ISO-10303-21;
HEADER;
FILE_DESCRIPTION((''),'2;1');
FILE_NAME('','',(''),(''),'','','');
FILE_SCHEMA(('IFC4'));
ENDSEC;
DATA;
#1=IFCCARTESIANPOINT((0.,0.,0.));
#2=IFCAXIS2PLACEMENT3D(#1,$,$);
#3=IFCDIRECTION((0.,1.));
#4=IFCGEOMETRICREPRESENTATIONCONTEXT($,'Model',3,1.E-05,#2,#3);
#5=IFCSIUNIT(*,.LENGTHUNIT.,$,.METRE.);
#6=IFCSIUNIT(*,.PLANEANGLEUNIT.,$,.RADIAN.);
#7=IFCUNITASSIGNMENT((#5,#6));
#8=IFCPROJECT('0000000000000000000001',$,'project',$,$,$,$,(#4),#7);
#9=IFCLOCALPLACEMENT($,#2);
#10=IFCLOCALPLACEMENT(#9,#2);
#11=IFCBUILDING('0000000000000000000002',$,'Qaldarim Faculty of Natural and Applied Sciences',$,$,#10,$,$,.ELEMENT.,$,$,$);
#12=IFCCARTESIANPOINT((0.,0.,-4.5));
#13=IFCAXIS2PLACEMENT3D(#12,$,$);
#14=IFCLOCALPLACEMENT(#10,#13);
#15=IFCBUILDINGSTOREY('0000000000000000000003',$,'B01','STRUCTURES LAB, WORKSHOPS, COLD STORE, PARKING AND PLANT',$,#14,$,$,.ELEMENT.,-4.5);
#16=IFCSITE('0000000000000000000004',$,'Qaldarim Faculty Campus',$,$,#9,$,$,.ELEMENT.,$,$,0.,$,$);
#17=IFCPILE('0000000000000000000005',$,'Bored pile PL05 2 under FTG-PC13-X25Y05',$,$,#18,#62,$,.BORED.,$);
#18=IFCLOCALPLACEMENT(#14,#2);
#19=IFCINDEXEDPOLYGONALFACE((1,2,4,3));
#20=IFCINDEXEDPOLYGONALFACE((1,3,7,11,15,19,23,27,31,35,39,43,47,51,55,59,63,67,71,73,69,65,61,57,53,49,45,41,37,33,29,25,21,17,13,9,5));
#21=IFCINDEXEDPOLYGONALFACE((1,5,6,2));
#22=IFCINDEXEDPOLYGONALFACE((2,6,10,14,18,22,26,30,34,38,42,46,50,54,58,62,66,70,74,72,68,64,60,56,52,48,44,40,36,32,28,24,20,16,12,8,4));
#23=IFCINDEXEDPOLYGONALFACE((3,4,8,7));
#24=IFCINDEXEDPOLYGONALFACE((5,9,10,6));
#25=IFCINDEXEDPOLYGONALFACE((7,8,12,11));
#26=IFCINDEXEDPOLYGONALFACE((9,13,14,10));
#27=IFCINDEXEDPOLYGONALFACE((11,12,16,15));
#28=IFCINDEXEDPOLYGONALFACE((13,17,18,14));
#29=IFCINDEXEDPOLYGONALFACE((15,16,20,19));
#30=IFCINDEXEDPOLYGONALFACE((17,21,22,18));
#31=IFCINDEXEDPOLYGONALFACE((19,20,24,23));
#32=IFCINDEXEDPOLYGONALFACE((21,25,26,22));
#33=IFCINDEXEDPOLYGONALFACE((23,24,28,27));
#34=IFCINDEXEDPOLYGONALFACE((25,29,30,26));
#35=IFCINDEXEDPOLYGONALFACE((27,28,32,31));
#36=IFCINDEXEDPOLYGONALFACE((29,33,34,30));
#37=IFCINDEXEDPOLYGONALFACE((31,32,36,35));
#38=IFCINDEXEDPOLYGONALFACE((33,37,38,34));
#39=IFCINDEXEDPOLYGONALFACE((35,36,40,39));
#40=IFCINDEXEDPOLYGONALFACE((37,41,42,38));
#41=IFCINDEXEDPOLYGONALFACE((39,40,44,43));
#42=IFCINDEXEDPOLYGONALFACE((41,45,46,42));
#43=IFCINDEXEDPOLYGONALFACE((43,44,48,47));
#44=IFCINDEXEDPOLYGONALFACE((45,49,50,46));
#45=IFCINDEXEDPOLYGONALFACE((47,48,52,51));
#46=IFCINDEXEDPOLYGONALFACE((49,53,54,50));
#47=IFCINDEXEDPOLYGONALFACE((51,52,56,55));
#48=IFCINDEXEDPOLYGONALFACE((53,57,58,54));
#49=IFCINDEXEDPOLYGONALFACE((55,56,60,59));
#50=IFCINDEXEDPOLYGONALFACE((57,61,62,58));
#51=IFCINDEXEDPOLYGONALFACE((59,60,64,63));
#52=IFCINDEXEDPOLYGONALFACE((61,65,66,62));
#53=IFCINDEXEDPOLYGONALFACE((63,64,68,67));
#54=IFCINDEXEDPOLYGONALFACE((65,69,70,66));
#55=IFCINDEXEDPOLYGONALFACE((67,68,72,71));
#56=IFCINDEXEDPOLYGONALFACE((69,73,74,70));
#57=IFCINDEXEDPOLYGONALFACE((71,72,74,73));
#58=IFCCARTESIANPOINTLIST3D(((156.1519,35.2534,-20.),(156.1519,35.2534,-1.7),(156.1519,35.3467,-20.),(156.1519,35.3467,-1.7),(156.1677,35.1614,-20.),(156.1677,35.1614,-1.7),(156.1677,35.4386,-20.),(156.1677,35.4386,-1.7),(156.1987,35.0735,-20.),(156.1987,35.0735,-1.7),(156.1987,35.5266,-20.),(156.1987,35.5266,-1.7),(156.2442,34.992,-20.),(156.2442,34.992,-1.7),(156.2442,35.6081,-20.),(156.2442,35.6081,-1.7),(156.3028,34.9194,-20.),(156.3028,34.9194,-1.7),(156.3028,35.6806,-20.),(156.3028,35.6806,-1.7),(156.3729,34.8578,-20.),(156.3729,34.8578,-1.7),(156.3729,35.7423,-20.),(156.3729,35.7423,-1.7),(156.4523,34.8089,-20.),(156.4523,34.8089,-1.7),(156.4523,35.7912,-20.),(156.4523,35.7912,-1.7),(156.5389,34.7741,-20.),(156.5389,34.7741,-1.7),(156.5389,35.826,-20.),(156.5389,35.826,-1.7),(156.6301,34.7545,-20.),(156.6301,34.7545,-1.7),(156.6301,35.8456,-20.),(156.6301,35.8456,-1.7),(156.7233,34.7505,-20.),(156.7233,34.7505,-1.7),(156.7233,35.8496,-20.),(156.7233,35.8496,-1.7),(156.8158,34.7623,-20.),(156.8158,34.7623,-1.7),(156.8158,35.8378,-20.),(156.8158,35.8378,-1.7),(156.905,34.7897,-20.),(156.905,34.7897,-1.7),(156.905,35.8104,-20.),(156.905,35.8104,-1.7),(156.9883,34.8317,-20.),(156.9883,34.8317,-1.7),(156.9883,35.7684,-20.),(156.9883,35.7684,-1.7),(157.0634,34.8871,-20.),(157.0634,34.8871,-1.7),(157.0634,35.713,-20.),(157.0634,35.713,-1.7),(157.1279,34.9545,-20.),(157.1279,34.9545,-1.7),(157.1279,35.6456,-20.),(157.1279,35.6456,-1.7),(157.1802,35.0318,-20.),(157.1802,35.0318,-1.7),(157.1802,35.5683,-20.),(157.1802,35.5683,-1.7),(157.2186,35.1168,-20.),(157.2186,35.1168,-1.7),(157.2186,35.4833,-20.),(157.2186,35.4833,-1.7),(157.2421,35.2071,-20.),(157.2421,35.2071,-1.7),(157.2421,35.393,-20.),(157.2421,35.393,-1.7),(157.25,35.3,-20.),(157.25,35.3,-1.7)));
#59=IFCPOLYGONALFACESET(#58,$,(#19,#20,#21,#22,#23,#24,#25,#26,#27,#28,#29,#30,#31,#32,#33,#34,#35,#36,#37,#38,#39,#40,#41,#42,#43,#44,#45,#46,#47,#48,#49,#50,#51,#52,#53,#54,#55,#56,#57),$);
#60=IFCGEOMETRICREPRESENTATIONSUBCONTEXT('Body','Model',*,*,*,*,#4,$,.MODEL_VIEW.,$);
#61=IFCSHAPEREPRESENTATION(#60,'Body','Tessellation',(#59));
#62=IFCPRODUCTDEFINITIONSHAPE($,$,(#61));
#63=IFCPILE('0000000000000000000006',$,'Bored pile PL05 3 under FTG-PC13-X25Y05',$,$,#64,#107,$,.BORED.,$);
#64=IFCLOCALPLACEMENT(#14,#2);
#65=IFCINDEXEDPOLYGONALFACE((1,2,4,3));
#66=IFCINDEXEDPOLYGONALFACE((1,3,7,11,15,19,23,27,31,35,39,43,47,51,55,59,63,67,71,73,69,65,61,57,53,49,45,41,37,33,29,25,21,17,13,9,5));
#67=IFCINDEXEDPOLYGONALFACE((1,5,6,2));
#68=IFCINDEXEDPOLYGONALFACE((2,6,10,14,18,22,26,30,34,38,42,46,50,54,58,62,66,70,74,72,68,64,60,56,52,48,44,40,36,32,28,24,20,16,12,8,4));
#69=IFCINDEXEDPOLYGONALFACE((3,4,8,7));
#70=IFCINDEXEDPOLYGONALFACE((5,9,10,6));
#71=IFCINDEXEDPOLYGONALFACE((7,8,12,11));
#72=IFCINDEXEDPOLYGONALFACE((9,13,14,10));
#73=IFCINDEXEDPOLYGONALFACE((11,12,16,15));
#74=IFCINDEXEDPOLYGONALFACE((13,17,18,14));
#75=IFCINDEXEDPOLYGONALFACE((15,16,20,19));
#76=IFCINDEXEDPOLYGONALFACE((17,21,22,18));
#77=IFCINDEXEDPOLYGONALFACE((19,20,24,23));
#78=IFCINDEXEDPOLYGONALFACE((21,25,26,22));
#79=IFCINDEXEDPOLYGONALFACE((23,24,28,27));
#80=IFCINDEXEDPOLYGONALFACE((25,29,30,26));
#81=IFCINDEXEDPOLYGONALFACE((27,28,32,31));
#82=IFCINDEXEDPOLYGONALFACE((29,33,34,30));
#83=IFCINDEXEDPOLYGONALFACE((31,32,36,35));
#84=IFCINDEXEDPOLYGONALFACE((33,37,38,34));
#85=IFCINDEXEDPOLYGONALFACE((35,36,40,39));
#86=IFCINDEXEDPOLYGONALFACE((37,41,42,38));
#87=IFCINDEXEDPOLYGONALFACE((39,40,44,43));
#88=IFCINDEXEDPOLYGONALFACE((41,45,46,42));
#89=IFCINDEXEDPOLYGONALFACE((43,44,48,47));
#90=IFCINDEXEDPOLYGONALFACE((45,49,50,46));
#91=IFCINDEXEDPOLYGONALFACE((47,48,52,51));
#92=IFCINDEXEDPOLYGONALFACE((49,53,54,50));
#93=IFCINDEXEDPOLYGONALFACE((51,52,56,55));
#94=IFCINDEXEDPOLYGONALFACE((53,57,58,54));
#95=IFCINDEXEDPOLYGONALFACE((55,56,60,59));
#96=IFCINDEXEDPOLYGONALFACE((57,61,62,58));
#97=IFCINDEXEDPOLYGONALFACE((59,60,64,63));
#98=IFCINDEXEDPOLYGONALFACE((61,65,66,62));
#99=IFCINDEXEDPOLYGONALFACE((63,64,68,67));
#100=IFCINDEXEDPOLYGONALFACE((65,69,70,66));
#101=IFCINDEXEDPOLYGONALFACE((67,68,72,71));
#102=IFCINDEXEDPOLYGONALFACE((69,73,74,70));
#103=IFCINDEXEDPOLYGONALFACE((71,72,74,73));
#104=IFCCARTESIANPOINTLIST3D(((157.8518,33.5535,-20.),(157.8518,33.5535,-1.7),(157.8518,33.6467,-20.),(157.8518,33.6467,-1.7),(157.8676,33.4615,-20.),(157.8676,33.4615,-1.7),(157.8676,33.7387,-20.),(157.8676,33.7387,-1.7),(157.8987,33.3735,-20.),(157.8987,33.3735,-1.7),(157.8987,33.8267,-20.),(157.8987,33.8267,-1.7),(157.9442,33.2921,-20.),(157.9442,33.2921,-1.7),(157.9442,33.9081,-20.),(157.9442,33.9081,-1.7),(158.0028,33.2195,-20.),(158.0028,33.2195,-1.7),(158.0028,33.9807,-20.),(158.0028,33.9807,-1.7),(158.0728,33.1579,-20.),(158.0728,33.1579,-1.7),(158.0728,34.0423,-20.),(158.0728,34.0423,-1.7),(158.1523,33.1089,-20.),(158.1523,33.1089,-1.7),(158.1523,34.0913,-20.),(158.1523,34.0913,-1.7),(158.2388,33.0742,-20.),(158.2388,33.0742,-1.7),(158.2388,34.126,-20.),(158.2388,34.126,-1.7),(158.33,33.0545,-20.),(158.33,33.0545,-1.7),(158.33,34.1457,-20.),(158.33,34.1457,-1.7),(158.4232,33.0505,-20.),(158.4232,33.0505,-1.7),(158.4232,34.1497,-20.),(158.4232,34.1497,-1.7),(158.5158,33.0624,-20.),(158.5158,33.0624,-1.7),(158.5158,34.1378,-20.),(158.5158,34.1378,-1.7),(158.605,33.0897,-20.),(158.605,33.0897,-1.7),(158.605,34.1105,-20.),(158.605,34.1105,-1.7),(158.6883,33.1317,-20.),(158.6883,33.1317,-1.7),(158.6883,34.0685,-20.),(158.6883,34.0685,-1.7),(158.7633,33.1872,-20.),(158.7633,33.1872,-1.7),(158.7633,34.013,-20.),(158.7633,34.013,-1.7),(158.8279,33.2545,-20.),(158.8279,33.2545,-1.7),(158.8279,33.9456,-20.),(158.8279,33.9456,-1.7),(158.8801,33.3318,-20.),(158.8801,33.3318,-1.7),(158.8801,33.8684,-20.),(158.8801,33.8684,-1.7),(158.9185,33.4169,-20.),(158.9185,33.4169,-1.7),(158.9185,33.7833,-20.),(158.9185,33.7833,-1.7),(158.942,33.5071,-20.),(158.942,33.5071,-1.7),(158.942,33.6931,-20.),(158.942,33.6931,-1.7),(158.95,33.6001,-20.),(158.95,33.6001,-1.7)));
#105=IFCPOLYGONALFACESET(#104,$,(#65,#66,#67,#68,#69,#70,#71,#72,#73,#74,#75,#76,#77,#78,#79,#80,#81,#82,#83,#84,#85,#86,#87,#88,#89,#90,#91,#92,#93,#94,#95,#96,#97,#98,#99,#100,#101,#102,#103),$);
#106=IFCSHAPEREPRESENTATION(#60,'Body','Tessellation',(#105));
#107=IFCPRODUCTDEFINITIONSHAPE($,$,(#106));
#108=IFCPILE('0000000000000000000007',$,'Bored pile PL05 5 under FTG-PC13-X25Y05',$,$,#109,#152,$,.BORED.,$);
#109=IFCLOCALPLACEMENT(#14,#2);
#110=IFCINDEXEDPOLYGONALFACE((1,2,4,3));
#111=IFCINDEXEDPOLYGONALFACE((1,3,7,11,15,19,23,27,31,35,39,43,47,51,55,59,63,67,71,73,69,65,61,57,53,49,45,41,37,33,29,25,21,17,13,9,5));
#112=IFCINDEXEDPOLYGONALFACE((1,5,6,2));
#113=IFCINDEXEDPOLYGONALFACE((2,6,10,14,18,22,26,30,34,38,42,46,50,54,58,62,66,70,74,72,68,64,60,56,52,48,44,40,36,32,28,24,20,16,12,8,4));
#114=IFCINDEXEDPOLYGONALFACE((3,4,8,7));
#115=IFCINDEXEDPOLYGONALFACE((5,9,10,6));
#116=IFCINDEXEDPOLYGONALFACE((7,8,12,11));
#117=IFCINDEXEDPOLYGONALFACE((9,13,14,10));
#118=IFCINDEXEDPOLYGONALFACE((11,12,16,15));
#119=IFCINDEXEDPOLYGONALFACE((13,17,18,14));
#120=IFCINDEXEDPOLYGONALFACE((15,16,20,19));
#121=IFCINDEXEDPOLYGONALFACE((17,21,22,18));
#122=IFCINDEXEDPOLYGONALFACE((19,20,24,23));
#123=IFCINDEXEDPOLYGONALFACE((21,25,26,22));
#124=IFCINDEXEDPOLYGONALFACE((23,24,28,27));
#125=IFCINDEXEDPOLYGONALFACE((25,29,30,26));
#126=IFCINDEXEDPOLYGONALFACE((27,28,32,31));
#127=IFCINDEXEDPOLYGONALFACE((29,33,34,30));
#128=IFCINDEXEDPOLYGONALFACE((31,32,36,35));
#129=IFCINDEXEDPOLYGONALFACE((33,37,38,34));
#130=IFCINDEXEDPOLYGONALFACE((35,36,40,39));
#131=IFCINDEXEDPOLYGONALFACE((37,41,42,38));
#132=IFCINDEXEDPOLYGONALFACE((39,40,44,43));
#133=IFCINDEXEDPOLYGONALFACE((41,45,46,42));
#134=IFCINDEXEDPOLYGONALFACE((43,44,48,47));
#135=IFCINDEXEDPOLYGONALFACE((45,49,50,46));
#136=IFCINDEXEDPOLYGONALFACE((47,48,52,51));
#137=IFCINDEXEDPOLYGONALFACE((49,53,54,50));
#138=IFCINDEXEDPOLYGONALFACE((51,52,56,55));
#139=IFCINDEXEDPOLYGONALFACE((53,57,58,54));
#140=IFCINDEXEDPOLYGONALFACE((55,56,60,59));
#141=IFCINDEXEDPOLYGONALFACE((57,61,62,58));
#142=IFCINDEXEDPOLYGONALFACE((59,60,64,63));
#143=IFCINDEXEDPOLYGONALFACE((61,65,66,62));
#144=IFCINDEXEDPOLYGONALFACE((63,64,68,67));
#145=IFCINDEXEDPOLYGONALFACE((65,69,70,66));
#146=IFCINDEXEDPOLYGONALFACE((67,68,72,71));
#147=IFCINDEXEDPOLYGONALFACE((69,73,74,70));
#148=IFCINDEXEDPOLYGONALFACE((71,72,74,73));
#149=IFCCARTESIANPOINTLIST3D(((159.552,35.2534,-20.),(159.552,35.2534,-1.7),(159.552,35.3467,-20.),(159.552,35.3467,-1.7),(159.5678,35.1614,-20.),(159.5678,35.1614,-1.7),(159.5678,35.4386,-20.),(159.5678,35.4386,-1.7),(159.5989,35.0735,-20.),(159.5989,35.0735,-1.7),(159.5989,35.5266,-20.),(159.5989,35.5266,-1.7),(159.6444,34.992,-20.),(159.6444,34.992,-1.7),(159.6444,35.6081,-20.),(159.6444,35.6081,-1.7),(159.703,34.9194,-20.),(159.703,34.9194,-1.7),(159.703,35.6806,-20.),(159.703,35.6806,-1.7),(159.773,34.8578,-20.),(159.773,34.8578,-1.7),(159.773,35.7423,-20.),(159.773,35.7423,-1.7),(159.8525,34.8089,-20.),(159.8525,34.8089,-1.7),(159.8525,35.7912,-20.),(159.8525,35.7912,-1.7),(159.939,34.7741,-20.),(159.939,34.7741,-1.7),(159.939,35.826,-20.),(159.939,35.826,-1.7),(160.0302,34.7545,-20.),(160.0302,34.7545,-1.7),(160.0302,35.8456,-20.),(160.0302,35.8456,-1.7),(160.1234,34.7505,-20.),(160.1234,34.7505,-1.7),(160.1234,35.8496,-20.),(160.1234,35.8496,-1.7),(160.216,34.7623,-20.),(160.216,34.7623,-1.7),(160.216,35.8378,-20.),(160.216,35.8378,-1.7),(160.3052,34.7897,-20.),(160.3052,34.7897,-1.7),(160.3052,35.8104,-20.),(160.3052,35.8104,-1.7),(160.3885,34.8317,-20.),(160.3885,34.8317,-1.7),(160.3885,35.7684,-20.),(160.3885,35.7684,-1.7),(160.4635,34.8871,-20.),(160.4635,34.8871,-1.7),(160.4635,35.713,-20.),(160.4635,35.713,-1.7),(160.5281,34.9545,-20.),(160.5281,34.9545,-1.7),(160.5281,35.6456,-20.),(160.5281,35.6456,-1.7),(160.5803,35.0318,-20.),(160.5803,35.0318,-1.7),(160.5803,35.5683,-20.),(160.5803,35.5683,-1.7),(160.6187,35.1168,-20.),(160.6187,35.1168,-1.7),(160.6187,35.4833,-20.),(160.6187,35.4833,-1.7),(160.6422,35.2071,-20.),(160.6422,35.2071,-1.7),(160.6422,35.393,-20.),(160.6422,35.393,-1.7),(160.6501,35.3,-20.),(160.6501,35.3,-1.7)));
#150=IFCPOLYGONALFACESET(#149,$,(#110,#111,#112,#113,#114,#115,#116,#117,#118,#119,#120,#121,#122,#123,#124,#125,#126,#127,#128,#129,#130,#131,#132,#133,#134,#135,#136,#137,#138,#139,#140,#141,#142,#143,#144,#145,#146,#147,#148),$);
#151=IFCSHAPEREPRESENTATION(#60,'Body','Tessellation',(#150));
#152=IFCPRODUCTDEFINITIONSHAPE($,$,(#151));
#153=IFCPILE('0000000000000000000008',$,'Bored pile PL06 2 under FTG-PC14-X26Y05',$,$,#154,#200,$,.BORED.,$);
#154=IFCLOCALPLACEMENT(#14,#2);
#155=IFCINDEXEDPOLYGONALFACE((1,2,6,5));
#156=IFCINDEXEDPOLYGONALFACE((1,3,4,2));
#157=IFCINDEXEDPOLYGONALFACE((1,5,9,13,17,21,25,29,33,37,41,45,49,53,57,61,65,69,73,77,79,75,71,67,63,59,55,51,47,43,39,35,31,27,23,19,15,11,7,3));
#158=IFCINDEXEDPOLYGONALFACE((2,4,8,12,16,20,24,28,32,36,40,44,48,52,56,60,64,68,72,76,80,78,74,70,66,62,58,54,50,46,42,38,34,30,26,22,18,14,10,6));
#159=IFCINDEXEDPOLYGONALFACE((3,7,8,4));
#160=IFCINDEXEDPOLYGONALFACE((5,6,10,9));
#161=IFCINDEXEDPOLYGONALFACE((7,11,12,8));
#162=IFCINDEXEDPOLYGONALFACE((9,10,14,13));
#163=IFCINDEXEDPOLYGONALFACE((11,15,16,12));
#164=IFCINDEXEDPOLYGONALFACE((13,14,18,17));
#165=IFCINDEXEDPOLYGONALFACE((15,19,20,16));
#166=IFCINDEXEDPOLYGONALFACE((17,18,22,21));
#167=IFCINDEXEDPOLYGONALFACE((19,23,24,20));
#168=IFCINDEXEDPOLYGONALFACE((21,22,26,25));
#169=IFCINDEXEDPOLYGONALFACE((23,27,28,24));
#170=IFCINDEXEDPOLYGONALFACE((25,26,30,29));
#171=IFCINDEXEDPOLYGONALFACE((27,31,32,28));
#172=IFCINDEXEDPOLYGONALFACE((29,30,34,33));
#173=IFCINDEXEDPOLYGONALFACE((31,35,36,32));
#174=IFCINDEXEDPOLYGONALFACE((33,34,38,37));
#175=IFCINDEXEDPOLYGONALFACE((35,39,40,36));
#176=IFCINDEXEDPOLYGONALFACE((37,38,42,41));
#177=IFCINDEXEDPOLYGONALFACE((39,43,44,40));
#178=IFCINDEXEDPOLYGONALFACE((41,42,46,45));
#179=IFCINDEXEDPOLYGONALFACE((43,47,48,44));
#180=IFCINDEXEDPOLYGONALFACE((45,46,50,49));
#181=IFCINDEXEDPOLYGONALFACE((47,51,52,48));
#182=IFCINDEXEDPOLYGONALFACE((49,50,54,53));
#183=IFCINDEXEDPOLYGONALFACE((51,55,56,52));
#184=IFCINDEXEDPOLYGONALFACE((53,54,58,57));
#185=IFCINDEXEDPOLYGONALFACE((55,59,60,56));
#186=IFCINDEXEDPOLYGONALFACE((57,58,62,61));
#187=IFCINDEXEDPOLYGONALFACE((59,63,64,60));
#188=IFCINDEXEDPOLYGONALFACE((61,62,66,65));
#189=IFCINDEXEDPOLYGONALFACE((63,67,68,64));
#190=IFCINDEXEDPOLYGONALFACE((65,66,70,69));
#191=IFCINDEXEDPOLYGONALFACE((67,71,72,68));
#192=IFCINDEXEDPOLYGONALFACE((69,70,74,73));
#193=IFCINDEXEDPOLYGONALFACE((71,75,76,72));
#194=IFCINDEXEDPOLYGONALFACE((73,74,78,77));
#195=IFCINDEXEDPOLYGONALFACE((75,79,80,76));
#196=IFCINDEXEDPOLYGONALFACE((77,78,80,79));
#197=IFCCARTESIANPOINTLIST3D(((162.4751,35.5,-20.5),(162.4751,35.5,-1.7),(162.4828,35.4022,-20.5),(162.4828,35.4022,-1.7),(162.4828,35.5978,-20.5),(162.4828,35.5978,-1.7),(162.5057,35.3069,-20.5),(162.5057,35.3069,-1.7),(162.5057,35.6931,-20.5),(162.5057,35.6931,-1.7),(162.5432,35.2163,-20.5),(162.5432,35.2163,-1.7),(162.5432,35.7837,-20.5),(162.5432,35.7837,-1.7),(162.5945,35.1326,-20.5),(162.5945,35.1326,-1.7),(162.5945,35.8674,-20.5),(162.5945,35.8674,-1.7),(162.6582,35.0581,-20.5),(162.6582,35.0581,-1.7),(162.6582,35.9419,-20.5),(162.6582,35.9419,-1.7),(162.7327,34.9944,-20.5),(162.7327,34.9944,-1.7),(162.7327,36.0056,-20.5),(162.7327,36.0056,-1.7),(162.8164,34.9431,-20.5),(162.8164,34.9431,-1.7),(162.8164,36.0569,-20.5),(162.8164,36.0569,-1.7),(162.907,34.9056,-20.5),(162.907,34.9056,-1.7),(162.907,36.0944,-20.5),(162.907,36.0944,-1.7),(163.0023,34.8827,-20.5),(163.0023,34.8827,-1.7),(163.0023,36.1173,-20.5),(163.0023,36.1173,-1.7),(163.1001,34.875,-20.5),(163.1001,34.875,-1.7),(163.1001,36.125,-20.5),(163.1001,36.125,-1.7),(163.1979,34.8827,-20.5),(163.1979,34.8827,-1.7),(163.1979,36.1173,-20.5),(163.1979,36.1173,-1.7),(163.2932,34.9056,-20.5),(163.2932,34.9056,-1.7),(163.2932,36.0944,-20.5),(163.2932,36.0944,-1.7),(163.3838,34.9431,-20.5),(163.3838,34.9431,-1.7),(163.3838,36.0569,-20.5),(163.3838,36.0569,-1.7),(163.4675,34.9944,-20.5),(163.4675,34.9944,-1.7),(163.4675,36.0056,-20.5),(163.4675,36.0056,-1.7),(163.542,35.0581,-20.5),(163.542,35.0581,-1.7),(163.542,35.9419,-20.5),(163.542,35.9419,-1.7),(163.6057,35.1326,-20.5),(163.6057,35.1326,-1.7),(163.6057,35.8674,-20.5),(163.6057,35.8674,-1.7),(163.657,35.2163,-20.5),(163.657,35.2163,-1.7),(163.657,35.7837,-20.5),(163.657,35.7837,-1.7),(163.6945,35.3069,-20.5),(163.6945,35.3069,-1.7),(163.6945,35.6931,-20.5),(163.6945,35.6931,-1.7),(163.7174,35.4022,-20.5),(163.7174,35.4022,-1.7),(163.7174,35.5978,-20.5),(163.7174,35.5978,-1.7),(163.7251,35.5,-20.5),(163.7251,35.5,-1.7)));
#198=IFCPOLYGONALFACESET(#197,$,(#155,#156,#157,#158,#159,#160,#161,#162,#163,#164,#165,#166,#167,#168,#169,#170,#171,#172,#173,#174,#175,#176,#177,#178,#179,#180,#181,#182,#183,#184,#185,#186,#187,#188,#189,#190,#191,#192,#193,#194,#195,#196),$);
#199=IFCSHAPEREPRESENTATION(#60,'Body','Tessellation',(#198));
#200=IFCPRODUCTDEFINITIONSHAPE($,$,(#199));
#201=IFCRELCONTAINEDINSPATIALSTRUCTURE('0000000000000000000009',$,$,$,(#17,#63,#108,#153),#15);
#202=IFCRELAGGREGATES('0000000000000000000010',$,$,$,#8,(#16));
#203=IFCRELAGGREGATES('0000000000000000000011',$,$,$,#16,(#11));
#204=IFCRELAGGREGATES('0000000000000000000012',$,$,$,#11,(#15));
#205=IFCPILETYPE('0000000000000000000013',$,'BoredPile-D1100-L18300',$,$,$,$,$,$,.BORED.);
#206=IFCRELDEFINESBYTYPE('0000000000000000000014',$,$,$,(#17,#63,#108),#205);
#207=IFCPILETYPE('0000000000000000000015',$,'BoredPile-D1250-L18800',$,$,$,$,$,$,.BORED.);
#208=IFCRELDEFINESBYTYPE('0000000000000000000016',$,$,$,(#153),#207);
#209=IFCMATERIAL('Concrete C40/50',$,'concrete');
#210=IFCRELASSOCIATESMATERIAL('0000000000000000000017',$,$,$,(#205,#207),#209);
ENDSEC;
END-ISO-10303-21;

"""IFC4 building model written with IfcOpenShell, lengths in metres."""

from ifc_helpers import new_model, si_unit, direction, frame, origin, origin_2d, place, context, subcontext, project, spatial, circle, extrude, material, material_profile, profile_set, type_object, element, save


model = new_model("IFC4")

# Units and contexts
model_context = context("Model", 3, precision=1e-05, world=origin(), true_north=direction((0.0, 1.0)))
body_context = subcontext(model_context, "Body", "Model", "MODEL_VIEW")
ifc_project = project(units=[si_unit("LENGTHUNIT", "METRE"), si_unit("PLANEANGLEUNIT", "RADIAN")], contexts=[model_context])

# Site, building, storey
site_placement = place(None, origin())
site = spatial("IfcSite", under=ifc_project, at=site_placement, Name="Qaldarim Faculty Campus", CompositionType="ELEMENT", RefElevation=0.0)
building_placement = place(site_placement, origin())
building = spatial("IfcBuilding", under=site, at=building_placement, Name="Qaldarim Faculty of Natural and Applied Sciences", CompositionType="ELEMENT")
storey_placement = place(building_placement, frame((0.0, 0.0, -4.5)))
storey = spatial("IfcBuildingStorey", under=building, at=storey_placement, Name="B01", Description="STRUCTURES LAB, WORKSHOPS, COLD STORE, PARKING AND PLANT", CompositionType="ELEMENT", Elevation=-4.5)

# Piles
ifc_material_1 = material(Name="Concrete C40/50", Category="concrete")
ifc_material_profile_1 = material_profile(ifc_material_1, circle(Radius=0.55, at=origin_2d()), Name="PILE-D1100")
ifc_profile_set_1 = profile_set([ifc_material_profile_1], Name="Concrete C40/50")
pile_type_1 = type_object("IfcPileType", Name="BoredPile-D1100-L18300", PredefinedType="BORED", material=ifc_profile_set_1)
for number, where, z_axis, x_axis, name in (
    (1, (156.7, 35.3, -1.7), (0.0, 0.0, -1.0), (1.0, 0.0, 0.0), "Bored pile PL05 2 under FTG-PC13-X25Y05"),
    (2, (158.3999, 33.6001, -1.7), (0.0, 0.0, -1.0), (1.0, 0.0, 0.0), "Bored pile PL05 3 under FTG-PC13-X25Y05"),
    (3, (160.1001, 35.3, -1.7), (0.0, 0.0, -1.0), (1.0, 0.0, 0.0), "Bored pile PL05 5 under FTG-PC13-X25Y05"),
):
    element("IfcPile", number, at=place(storey_placement, frame(where, z_axis=z_axis, x_axis=x_axis)), inside=storey, type_object=pile_type_1, Name=name, PredefinedType="BORED", context=body_context, shape_type="SweptSolid", body=[
        extrude(circle(Radius=0.55, at=origin_2d()), origin(), (0.0, 0.0, 1.0), 18.3),
    ])
ifc_material_profile_2 = material_profile(ifc_material_1, circle(Radius=0.625, at=origin_2d()), Name="PILE-D1250")
ifc_profile_set_2 = profile_set([ifc_material_profile_2], Name="Concrete C40/50")
pile_type_2 = type_object("IfcPileType", Name="BoredPile-D1250-L18800", PredefinedType="BORED", material=ifc_profile_set_2)
for number, where, z_axis, x_axis, name in (
    (4, (163.1001, 35.5, -1.7), (0.0, 0.0, -1.0), (1.0, 0.0, 0.0), "Bored pile PL06 2 under FTG-PC14-X26Y05"),
):
    element("IfcPile", number, at=place(storey_placement, frame(where, z_axis=z_axis, x_axis=x_axis)), inside=storey, type_object=pile_type_2, Name=name, PredefinedType="BORED", context=body_context, shape_type="SweptSolid", body=[
        extrude(circle(Radius=0.625, at=origin_2d()), origin(), (0.0, 0.0, 1.0), 18.8),
    ])

save(model, "model.ifc")
